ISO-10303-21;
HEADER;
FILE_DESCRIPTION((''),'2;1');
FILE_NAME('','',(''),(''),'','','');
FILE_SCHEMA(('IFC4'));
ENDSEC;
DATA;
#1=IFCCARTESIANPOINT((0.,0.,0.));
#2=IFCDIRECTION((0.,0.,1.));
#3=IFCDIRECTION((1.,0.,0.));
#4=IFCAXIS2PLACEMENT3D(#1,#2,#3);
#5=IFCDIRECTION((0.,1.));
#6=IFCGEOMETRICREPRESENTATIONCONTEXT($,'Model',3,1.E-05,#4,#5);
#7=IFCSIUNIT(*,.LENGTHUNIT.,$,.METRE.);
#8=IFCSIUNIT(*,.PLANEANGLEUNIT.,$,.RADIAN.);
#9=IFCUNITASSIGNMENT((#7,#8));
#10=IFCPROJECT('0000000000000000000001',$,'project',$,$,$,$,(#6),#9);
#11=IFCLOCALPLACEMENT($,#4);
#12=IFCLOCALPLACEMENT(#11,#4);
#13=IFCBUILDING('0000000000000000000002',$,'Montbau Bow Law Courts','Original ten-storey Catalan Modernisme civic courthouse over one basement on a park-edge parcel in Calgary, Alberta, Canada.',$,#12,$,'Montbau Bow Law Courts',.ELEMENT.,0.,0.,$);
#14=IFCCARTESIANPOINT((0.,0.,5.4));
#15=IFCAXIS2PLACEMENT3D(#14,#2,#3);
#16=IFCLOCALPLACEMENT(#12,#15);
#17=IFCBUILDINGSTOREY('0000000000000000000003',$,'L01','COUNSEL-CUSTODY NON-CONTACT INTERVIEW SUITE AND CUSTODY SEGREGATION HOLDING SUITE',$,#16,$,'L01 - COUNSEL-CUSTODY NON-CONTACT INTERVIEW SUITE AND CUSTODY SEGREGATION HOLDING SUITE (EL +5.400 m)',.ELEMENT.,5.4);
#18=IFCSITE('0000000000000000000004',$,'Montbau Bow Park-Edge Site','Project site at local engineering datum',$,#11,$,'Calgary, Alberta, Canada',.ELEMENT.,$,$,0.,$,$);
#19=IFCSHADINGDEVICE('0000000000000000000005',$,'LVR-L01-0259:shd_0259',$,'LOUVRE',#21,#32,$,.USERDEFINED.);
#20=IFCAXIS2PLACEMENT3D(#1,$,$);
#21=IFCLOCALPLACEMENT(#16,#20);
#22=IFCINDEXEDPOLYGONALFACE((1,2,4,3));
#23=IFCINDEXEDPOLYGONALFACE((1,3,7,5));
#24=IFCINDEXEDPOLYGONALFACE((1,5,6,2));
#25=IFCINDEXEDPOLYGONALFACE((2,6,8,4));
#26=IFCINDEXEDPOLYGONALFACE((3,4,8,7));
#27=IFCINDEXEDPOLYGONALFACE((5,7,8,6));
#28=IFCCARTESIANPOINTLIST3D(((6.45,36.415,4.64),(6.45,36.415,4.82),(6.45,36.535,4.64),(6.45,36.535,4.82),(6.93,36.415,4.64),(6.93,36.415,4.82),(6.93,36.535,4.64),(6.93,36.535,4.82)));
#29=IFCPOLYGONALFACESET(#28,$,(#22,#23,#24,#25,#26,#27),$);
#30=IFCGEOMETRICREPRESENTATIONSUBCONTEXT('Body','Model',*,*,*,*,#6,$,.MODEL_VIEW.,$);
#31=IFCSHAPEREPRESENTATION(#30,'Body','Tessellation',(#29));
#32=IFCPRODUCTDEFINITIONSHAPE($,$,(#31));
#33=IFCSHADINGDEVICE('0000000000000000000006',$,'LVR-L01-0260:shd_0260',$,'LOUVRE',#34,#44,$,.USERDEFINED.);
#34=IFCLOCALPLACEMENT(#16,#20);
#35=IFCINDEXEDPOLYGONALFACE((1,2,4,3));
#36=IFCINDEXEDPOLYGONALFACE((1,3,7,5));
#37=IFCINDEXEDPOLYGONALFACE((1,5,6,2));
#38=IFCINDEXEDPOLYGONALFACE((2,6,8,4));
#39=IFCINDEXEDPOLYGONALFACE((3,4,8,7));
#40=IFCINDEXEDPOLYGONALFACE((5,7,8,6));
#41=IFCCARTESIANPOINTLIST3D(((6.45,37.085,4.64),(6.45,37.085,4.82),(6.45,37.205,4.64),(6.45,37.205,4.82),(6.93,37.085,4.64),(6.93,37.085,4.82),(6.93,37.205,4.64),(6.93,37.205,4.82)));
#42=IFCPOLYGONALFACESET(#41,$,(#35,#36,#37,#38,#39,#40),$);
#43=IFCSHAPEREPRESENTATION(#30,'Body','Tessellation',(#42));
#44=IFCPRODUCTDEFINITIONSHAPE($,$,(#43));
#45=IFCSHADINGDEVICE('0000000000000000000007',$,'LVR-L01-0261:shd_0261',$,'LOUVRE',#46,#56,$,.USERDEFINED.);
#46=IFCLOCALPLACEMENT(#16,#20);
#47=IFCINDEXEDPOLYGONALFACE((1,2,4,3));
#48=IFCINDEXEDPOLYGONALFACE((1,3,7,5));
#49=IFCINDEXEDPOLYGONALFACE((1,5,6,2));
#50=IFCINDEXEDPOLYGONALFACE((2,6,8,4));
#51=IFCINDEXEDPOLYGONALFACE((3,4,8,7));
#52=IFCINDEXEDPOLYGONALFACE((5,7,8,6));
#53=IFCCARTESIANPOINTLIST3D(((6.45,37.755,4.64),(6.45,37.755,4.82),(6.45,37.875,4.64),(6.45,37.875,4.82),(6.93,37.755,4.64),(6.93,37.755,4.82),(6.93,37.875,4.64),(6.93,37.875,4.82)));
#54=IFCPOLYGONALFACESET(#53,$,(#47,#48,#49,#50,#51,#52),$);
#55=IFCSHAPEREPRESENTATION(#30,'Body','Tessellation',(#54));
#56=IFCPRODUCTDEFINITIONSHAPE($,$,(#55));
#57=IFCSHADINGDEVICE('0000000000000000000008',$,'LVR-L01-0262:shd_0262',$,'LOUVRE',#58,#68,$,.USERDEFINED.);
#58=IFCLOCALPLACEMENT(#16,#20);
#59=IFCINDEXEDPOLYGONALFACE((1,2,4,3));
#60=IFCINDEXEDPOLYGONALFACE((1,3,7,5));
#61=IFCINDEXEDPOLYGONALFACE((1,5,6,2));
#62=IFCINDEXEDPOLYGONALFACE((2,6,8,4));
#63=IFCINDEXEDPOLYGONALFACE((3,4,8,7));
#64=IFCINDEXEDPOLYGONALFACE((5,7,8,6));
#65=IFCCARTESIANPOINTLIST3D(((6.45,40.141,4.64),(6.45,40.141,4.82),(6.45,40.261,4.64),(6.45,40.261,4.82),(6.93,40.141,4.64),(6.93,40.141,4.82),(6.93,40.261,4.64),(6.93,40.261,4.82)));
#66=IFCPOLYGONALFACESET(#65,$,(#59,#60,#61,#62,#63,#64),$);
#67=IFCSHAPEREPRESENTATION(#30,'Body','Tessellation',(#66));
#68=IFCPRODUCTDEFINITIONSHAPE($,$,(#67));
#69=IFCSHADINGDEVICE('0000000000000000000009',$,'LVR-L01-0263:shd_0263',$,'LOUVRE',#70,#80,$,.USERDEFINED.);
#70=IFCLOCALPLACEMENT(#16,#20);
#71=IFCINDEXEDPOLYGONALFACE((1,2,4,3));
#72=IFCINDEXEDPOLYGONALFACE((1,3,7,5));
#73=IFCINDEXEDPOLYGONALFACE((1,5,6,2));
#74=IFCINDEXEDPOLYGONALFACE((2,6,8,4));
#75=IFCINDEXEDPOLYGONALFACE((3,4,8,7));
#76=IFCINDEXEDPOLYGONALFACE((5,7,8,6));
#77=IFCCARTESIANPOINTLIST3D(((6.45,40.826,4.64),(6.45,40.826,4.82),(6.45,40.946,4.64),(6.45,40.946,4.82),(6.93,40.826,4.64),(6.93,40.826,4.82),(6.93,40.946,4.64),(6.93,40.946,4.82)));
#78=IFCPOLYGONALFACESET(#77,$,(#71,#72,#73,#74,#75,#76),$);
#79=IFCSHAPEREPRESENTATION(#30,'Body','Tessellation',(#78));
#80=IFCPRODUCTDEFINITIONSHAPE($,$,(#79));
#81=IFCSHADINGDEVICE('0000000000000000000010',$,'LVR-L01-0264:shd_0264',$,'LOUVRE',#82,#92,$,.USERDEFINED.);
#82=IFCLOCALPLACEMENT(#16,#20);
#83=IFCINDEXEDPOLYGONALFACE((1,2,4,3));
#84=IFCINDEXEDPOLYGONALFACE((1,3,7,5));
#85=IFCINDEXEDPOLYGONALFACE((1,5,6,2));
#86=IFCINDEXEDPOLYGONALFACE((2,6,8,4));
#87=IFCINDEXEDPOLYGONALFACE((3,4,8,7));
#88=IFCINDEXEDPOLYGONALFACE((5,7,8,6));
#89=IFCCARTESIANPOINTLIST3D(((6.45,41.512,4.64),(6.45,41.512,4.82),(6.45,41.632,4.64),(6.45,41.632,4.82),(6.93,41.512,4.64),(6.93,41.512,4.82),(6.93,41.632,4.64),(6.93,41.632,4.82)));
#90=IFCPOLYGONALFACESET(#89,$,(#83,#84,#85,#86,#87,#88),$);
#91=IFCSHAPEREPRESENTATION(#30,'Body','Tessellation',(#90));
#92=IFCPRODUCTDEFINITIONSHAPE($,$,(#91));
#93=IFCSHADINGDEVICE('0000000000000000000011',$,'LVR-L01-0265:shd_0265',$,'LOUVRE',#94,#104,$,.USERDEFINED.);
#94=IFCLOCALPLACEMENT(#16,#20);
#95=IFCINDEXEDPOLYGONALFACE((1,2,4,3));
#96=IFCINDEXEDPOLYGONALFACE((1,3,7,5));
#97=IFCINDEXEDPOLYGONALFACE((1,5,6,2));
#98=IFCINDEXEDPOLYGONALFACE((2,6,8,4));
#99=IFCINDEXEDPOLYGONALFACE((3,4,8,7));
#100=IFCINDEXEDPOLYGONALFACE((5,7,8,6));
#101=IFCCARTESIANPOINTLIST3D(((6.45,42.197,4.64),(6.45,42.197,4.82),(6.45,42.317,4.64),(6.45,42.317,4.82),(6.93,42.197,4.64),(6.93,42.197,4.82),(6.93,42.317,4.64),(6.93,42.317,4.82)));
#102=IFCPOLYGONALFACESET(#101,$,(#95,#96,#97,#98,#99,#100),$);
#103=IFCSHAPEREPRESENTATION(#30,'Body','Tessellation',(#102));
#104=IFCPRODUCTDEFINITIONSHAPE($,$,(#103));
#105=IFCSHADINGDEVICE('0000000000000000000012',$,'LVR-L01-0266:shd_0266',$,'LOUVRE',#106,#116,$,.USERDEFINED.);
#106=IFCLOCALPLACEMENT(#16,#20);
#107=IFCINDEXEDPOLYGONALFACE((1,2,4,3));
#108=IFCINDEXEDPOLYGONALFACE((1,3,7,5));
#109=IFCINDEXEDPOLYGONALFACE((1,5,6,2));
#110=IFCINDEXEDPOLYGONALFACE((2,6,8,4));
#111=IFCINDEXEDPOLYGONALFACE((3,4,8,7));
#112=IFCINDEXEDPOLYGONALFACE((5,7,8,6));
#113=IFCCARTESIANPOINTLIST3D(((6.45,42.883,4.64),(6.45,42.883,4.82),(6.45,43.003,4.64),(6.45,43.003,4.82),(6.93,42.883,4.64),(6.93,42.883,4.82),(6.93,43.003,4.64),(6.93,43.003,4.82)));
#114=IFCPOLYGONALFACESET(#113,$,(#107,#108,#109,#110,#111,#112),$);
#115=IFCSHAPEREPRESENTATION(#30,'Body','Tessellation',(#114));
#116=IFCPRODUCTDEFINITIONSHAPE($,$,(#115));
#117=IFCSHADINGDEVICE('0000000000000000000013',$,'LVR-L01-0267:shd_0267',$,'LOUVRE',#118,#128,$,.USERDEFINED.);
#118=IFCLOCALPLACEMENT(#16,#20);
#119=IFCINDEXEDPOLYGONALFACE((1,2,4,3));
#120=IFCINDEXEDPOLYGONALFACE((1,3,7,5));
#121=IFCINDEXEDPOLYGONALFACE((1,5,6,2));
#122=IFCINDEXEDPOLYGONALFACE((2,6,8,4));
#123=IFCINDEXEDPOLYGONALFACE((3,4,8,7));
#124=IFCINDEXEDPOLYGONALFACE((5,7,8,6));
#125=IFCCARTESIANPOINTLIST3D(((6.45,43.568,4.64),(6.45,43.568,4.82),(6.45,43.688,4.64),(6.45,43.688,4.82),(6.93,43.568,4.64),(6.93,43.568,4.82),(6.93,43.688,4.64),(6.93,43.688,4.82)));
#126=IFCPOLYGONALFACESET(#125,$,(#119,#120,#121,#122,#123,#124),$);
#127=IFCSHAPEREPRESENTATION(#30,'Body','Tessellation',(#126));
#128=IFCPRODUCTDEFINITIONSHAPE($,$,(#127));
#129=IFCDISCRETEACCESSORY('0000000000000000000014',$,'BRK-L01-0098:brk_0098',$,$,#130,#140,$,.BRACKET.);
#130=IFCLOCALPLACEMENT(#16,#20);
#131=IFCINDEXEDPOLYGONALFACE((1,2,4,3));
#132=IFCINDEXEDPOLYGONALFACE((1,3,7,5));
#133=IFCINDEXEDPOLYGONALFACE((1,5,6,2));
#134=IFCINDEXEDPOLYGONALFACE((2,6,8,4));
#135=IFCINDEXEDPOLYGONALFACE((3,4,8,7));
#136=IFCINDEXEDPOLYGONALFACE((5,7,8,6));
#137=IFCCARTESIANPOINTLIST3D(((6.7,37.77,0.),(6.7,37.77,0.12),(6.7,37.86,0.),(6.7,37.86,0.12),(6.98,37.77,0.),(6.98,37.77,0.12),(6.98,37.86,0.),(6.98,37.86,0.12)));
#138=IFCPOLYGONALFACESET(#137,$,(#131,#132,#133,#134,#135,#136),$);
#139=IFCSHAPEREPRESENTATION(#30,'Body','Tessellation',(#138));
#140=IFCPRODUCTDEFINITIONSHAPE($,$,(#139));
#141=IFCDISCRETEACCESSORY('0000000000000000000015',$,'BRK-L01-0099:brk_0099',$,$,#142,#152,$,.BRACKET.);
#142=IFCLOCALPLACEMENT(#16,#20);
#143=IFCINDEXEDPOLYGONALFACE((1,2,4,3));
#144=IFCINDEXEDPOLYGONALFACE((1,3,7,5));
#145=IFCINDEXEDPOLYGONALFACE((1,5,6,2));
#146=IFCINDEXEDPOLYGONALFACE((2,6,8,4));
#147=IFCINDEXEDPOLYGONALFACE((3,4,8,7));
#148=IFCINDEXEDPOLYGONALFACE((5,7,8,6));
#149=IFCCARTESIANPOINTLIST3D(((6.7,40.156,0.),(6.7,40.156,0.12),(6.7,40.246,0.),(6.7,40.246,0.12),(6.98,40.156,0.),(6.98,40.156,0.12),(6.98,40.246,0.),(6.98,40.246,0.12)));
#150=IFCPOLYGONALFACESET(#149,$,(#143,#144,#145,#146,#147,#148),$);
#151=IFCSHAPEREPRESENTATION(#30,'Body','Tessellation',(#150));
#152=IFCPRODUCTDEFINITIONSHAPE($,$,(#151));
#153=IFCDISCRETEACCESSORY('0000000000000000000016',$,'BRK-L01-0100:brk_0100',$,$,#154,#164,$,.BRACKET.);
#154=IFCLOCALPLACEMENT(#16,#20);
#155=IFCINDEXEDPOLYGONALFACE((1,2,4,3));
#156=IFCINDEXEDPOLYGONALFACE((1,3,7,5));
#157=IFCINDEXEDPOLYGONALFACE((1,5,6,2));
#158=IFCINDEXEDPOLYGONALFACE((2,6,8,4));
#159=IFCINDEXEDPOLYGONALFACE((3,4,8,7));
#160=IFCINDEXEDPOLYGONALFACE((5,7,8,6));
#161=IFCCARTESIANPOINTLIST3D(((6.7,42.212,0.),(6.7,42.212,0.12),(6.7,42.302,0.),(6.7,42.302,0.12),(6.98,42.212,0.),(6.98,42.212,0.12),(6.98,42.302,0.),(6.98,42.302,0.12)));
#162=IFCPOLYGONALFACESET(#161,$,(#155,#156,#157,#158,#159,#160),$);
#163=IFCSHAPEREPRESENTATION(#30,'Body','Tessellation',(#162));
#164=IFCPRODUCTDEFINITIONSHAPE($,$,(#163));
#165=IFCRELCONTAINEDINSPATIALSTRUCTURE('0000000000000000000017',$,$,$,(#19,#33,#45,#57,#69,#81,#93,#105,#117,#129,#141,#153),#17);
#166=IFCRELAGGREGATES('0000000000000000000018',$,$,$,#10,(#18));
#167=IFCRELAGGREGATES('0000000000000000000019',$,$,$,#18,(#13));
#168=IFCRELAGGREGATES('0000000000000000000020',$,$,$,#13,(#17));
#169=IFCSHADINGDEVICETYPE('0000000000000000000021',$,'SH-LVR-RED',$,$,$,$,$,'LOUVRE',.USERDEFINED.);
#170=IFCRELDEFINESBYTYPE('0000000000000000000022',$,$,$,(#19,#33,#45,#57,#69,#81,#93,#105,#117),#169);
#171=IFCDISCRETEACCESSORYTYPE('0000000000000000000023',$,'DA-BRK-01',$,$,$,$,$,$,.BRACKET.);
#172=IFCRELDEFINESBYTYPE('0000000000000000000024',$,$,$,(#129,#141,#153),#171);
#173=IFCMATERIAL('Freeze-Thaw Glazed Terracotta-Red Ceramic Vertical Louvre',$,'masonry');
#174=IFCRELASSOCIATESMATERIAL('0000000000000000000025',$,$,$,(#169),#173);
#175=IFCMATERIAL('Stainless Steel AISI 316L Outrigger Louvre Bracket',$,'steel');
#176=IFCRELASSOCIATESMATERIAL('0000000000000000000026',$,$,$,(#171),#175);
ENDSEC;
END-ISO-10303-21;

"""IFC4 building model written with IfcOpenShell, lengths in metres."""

from ifc_helpers import new_model, si_unit, direction, frame, origin_with_axes, origin_2d_with_axis, place, context, subcontext, project, spatial, rectangle, extrude, material, type_object, element, save


model = new_model("IFC4")

# Units and contexts
model_context = context("Model", 3, precision=1e-05, world=origin_with_axes(), true_north=direction((0.0, 1.0)))
body_context = subcontext(model_context, "Body", "Model", "MODEL_VIEW")
ifc_project = project(units=[si_unit("LENGTHUNIT", "METRE"), si_unit("PLANEANGLEUNIT", "RADIAN")], contexts=[model_context])

# Site, building, storey
site_placement = place(None, origin_with_axes())
site = spatial("IfcSite", under=ifc_project, at=site_placement, Name="Montbau Bow Park-Edge Site", Description="Project site at local engineering datum", LongName="Calgary, Alberta, Canada", CompositionType="ELEMENT", RefElevation=0.0)
building_placement = place(site_placement, origin_with_axes())
building = spatial("IfcBuilding", under=site, at=building_placement, Name="Montbau Bow Law Courts", Description="Original ten-storey Catalan Modernisme civic courthouse over one basement on a park-edge parcel in Calgary, Alberta, Canada.", LongName="Montbau Bow Law Courts", CompositionType="ELEMENT", ElevationOfRefHeight=0.0, ElevationOfTerrain=0.0)
storey_placement = place(building_placement, frame((0.0, 0.0, 5.4), z_axis=(0.0, 0.0, 1.0), x_axis=(1.0, 0.0, 0.0)))
storey = spatial("IfcBuildingStorey", under=building, at=storey_placement, Name="L01", Description="COUNSEL-CUSTODY NON-CONTACT INTERVIEW SUITE AND CUSTODY SEGREGATION HOLDING SUITE", LongName="L01 - COUNSEL-CUSTODY NON-CONTACT INTERVIEW SUITE AND CUSTODY SEGREGATION HOLDING SUITE (EL +5.400 m)", CompositionType="ELEMENT", Elevation=5.4)

# Shared definitions
ifc_material_1 = material(Name="Freeze-Thaw Glazed Terracotta-Red Ceramic Vertical Louvre", Category="masonry")

# Shading devices
shading_device_type = type_object("IfcShadingDeviceType", Name="SH-LVR-RED", ElementType="LOUVRE", PredefinedType="USERDEFINED", material=ifc_material_1)
for number, where, z_axis, x_axis, name in (
    (1, (6.69, 36.475, 10.04), (0.0, 0.0, 1.0), (-1.0, 0.0, 0.0), "LVR-L01-0259:shd_0259"),
    (2, (6.69, 37.145, 10.04), (0.0, 0.0, 1.0), (-1.0, 0.0, 0.0), "LVR-L01-0260:shd_0260"),
    (3, (6.69, 37.815, 10.04), (0.0, 0.0, 1.0), (-1.0, 0.0, 0.0), "LVR-L01-0261:shd_0261"),
    (4, (6.69, 40.201, 10.04), (0.0, 0.0, 1.0), (-1.0, 0.0, 0.0), "LVR-L01-0262:shd_0262"),
    (5, (6.69, 40.886, 10.04), (0.0, 0.0, 1.0), (-1.0, 0.0, 0.0), "LVR-L01-0263:shd_0263"),
    (6, (6.69, 41.572, 10.04), (0.0, 0.0, 1.0), (-1.0, 0.0, 0.0), "LVR-L01-0264:shd_0264"),
    (7, (6.69, 42.257, 10.04), (0.0, 0.0, 1.0), (-1.0, 0.0, 0.0), "LVR-L01-0265:shd_0265"),
    (8, (6.69, 42.943, 10.04), (0.0, 0.0, 1.0), (-1.0, 0.0, 0.0), "LVR-L01-0266:shd_0266"),
    (9, (6.69, 43.628, 10.04), (0.0, 0.0, 1.0), (-1.0, 0.0, 0.0), "LVR-L01-0267:shd_0267"),
):
    element("IfcShadingDevice", number, at=place(None, frame(where, z_axis=z_axis, x_axis=x_axis)), inside=storey, type_object=shading_device_type, Name=name, ObjectType="LOUVRE", PredefinedType="USERDEFINED", context=body_context, shape_type="SweptSolid", body=[
        extrude(rectangle(XDim=0.48, YDim=0.12, at=origin_2d_with_axis()), origin_with_axes(), (0.0, 0.0, 1.0), 0.18),
    ])

# Discrete accessories
ifc_material_2 = material(Name="Stainless Steel AISI 316L Outrigger Louvre Bracket", Category="steel")
discrete_accessory_type = type_object("IfcDiscreteAccessoryType", Name="DA-BRK-01", PredefinedType="BRACKET", material=ifc_material_2)
for number, where, z_axis, x_axis, name in (
    (10, (6.84, 37.815, 5.4), (0.0, 0.0, 1.0), (-1.0, 0.0, 0.0), "BRK-L01-0098:brk_0098"),
    (11, (6.84, 40.201, 5.4), (0.0, 0.0, 1.0), (-1.0, 0.0, 0.0), "BRK-L01-0099:brk_0099"),
    (12, (6.84, 42.257, 5.4), (0.0, 0.0, 1.0), (-1.0, 0.0, 0.0), "BRK-L01-0100:brk_0100"),
):
    element("IfcDiscreteAccessory", number, at=place(None, frame(where, z_axis=z_axis, x_axis=x_axis)), inside=storey, type_object=discrete_accessory_type, Name=name, PredefinedType="BRACKET", context=body_context, shape_type="SweptSolid", body=[
        extrude(rectangle(XDim=0.28, YDim=0.09, at=origin_2d_with_axis()), origin_with_axes(), (0.0, 0.0, 1.0), 0.12),
    ])

save(model, "model.ifc")
